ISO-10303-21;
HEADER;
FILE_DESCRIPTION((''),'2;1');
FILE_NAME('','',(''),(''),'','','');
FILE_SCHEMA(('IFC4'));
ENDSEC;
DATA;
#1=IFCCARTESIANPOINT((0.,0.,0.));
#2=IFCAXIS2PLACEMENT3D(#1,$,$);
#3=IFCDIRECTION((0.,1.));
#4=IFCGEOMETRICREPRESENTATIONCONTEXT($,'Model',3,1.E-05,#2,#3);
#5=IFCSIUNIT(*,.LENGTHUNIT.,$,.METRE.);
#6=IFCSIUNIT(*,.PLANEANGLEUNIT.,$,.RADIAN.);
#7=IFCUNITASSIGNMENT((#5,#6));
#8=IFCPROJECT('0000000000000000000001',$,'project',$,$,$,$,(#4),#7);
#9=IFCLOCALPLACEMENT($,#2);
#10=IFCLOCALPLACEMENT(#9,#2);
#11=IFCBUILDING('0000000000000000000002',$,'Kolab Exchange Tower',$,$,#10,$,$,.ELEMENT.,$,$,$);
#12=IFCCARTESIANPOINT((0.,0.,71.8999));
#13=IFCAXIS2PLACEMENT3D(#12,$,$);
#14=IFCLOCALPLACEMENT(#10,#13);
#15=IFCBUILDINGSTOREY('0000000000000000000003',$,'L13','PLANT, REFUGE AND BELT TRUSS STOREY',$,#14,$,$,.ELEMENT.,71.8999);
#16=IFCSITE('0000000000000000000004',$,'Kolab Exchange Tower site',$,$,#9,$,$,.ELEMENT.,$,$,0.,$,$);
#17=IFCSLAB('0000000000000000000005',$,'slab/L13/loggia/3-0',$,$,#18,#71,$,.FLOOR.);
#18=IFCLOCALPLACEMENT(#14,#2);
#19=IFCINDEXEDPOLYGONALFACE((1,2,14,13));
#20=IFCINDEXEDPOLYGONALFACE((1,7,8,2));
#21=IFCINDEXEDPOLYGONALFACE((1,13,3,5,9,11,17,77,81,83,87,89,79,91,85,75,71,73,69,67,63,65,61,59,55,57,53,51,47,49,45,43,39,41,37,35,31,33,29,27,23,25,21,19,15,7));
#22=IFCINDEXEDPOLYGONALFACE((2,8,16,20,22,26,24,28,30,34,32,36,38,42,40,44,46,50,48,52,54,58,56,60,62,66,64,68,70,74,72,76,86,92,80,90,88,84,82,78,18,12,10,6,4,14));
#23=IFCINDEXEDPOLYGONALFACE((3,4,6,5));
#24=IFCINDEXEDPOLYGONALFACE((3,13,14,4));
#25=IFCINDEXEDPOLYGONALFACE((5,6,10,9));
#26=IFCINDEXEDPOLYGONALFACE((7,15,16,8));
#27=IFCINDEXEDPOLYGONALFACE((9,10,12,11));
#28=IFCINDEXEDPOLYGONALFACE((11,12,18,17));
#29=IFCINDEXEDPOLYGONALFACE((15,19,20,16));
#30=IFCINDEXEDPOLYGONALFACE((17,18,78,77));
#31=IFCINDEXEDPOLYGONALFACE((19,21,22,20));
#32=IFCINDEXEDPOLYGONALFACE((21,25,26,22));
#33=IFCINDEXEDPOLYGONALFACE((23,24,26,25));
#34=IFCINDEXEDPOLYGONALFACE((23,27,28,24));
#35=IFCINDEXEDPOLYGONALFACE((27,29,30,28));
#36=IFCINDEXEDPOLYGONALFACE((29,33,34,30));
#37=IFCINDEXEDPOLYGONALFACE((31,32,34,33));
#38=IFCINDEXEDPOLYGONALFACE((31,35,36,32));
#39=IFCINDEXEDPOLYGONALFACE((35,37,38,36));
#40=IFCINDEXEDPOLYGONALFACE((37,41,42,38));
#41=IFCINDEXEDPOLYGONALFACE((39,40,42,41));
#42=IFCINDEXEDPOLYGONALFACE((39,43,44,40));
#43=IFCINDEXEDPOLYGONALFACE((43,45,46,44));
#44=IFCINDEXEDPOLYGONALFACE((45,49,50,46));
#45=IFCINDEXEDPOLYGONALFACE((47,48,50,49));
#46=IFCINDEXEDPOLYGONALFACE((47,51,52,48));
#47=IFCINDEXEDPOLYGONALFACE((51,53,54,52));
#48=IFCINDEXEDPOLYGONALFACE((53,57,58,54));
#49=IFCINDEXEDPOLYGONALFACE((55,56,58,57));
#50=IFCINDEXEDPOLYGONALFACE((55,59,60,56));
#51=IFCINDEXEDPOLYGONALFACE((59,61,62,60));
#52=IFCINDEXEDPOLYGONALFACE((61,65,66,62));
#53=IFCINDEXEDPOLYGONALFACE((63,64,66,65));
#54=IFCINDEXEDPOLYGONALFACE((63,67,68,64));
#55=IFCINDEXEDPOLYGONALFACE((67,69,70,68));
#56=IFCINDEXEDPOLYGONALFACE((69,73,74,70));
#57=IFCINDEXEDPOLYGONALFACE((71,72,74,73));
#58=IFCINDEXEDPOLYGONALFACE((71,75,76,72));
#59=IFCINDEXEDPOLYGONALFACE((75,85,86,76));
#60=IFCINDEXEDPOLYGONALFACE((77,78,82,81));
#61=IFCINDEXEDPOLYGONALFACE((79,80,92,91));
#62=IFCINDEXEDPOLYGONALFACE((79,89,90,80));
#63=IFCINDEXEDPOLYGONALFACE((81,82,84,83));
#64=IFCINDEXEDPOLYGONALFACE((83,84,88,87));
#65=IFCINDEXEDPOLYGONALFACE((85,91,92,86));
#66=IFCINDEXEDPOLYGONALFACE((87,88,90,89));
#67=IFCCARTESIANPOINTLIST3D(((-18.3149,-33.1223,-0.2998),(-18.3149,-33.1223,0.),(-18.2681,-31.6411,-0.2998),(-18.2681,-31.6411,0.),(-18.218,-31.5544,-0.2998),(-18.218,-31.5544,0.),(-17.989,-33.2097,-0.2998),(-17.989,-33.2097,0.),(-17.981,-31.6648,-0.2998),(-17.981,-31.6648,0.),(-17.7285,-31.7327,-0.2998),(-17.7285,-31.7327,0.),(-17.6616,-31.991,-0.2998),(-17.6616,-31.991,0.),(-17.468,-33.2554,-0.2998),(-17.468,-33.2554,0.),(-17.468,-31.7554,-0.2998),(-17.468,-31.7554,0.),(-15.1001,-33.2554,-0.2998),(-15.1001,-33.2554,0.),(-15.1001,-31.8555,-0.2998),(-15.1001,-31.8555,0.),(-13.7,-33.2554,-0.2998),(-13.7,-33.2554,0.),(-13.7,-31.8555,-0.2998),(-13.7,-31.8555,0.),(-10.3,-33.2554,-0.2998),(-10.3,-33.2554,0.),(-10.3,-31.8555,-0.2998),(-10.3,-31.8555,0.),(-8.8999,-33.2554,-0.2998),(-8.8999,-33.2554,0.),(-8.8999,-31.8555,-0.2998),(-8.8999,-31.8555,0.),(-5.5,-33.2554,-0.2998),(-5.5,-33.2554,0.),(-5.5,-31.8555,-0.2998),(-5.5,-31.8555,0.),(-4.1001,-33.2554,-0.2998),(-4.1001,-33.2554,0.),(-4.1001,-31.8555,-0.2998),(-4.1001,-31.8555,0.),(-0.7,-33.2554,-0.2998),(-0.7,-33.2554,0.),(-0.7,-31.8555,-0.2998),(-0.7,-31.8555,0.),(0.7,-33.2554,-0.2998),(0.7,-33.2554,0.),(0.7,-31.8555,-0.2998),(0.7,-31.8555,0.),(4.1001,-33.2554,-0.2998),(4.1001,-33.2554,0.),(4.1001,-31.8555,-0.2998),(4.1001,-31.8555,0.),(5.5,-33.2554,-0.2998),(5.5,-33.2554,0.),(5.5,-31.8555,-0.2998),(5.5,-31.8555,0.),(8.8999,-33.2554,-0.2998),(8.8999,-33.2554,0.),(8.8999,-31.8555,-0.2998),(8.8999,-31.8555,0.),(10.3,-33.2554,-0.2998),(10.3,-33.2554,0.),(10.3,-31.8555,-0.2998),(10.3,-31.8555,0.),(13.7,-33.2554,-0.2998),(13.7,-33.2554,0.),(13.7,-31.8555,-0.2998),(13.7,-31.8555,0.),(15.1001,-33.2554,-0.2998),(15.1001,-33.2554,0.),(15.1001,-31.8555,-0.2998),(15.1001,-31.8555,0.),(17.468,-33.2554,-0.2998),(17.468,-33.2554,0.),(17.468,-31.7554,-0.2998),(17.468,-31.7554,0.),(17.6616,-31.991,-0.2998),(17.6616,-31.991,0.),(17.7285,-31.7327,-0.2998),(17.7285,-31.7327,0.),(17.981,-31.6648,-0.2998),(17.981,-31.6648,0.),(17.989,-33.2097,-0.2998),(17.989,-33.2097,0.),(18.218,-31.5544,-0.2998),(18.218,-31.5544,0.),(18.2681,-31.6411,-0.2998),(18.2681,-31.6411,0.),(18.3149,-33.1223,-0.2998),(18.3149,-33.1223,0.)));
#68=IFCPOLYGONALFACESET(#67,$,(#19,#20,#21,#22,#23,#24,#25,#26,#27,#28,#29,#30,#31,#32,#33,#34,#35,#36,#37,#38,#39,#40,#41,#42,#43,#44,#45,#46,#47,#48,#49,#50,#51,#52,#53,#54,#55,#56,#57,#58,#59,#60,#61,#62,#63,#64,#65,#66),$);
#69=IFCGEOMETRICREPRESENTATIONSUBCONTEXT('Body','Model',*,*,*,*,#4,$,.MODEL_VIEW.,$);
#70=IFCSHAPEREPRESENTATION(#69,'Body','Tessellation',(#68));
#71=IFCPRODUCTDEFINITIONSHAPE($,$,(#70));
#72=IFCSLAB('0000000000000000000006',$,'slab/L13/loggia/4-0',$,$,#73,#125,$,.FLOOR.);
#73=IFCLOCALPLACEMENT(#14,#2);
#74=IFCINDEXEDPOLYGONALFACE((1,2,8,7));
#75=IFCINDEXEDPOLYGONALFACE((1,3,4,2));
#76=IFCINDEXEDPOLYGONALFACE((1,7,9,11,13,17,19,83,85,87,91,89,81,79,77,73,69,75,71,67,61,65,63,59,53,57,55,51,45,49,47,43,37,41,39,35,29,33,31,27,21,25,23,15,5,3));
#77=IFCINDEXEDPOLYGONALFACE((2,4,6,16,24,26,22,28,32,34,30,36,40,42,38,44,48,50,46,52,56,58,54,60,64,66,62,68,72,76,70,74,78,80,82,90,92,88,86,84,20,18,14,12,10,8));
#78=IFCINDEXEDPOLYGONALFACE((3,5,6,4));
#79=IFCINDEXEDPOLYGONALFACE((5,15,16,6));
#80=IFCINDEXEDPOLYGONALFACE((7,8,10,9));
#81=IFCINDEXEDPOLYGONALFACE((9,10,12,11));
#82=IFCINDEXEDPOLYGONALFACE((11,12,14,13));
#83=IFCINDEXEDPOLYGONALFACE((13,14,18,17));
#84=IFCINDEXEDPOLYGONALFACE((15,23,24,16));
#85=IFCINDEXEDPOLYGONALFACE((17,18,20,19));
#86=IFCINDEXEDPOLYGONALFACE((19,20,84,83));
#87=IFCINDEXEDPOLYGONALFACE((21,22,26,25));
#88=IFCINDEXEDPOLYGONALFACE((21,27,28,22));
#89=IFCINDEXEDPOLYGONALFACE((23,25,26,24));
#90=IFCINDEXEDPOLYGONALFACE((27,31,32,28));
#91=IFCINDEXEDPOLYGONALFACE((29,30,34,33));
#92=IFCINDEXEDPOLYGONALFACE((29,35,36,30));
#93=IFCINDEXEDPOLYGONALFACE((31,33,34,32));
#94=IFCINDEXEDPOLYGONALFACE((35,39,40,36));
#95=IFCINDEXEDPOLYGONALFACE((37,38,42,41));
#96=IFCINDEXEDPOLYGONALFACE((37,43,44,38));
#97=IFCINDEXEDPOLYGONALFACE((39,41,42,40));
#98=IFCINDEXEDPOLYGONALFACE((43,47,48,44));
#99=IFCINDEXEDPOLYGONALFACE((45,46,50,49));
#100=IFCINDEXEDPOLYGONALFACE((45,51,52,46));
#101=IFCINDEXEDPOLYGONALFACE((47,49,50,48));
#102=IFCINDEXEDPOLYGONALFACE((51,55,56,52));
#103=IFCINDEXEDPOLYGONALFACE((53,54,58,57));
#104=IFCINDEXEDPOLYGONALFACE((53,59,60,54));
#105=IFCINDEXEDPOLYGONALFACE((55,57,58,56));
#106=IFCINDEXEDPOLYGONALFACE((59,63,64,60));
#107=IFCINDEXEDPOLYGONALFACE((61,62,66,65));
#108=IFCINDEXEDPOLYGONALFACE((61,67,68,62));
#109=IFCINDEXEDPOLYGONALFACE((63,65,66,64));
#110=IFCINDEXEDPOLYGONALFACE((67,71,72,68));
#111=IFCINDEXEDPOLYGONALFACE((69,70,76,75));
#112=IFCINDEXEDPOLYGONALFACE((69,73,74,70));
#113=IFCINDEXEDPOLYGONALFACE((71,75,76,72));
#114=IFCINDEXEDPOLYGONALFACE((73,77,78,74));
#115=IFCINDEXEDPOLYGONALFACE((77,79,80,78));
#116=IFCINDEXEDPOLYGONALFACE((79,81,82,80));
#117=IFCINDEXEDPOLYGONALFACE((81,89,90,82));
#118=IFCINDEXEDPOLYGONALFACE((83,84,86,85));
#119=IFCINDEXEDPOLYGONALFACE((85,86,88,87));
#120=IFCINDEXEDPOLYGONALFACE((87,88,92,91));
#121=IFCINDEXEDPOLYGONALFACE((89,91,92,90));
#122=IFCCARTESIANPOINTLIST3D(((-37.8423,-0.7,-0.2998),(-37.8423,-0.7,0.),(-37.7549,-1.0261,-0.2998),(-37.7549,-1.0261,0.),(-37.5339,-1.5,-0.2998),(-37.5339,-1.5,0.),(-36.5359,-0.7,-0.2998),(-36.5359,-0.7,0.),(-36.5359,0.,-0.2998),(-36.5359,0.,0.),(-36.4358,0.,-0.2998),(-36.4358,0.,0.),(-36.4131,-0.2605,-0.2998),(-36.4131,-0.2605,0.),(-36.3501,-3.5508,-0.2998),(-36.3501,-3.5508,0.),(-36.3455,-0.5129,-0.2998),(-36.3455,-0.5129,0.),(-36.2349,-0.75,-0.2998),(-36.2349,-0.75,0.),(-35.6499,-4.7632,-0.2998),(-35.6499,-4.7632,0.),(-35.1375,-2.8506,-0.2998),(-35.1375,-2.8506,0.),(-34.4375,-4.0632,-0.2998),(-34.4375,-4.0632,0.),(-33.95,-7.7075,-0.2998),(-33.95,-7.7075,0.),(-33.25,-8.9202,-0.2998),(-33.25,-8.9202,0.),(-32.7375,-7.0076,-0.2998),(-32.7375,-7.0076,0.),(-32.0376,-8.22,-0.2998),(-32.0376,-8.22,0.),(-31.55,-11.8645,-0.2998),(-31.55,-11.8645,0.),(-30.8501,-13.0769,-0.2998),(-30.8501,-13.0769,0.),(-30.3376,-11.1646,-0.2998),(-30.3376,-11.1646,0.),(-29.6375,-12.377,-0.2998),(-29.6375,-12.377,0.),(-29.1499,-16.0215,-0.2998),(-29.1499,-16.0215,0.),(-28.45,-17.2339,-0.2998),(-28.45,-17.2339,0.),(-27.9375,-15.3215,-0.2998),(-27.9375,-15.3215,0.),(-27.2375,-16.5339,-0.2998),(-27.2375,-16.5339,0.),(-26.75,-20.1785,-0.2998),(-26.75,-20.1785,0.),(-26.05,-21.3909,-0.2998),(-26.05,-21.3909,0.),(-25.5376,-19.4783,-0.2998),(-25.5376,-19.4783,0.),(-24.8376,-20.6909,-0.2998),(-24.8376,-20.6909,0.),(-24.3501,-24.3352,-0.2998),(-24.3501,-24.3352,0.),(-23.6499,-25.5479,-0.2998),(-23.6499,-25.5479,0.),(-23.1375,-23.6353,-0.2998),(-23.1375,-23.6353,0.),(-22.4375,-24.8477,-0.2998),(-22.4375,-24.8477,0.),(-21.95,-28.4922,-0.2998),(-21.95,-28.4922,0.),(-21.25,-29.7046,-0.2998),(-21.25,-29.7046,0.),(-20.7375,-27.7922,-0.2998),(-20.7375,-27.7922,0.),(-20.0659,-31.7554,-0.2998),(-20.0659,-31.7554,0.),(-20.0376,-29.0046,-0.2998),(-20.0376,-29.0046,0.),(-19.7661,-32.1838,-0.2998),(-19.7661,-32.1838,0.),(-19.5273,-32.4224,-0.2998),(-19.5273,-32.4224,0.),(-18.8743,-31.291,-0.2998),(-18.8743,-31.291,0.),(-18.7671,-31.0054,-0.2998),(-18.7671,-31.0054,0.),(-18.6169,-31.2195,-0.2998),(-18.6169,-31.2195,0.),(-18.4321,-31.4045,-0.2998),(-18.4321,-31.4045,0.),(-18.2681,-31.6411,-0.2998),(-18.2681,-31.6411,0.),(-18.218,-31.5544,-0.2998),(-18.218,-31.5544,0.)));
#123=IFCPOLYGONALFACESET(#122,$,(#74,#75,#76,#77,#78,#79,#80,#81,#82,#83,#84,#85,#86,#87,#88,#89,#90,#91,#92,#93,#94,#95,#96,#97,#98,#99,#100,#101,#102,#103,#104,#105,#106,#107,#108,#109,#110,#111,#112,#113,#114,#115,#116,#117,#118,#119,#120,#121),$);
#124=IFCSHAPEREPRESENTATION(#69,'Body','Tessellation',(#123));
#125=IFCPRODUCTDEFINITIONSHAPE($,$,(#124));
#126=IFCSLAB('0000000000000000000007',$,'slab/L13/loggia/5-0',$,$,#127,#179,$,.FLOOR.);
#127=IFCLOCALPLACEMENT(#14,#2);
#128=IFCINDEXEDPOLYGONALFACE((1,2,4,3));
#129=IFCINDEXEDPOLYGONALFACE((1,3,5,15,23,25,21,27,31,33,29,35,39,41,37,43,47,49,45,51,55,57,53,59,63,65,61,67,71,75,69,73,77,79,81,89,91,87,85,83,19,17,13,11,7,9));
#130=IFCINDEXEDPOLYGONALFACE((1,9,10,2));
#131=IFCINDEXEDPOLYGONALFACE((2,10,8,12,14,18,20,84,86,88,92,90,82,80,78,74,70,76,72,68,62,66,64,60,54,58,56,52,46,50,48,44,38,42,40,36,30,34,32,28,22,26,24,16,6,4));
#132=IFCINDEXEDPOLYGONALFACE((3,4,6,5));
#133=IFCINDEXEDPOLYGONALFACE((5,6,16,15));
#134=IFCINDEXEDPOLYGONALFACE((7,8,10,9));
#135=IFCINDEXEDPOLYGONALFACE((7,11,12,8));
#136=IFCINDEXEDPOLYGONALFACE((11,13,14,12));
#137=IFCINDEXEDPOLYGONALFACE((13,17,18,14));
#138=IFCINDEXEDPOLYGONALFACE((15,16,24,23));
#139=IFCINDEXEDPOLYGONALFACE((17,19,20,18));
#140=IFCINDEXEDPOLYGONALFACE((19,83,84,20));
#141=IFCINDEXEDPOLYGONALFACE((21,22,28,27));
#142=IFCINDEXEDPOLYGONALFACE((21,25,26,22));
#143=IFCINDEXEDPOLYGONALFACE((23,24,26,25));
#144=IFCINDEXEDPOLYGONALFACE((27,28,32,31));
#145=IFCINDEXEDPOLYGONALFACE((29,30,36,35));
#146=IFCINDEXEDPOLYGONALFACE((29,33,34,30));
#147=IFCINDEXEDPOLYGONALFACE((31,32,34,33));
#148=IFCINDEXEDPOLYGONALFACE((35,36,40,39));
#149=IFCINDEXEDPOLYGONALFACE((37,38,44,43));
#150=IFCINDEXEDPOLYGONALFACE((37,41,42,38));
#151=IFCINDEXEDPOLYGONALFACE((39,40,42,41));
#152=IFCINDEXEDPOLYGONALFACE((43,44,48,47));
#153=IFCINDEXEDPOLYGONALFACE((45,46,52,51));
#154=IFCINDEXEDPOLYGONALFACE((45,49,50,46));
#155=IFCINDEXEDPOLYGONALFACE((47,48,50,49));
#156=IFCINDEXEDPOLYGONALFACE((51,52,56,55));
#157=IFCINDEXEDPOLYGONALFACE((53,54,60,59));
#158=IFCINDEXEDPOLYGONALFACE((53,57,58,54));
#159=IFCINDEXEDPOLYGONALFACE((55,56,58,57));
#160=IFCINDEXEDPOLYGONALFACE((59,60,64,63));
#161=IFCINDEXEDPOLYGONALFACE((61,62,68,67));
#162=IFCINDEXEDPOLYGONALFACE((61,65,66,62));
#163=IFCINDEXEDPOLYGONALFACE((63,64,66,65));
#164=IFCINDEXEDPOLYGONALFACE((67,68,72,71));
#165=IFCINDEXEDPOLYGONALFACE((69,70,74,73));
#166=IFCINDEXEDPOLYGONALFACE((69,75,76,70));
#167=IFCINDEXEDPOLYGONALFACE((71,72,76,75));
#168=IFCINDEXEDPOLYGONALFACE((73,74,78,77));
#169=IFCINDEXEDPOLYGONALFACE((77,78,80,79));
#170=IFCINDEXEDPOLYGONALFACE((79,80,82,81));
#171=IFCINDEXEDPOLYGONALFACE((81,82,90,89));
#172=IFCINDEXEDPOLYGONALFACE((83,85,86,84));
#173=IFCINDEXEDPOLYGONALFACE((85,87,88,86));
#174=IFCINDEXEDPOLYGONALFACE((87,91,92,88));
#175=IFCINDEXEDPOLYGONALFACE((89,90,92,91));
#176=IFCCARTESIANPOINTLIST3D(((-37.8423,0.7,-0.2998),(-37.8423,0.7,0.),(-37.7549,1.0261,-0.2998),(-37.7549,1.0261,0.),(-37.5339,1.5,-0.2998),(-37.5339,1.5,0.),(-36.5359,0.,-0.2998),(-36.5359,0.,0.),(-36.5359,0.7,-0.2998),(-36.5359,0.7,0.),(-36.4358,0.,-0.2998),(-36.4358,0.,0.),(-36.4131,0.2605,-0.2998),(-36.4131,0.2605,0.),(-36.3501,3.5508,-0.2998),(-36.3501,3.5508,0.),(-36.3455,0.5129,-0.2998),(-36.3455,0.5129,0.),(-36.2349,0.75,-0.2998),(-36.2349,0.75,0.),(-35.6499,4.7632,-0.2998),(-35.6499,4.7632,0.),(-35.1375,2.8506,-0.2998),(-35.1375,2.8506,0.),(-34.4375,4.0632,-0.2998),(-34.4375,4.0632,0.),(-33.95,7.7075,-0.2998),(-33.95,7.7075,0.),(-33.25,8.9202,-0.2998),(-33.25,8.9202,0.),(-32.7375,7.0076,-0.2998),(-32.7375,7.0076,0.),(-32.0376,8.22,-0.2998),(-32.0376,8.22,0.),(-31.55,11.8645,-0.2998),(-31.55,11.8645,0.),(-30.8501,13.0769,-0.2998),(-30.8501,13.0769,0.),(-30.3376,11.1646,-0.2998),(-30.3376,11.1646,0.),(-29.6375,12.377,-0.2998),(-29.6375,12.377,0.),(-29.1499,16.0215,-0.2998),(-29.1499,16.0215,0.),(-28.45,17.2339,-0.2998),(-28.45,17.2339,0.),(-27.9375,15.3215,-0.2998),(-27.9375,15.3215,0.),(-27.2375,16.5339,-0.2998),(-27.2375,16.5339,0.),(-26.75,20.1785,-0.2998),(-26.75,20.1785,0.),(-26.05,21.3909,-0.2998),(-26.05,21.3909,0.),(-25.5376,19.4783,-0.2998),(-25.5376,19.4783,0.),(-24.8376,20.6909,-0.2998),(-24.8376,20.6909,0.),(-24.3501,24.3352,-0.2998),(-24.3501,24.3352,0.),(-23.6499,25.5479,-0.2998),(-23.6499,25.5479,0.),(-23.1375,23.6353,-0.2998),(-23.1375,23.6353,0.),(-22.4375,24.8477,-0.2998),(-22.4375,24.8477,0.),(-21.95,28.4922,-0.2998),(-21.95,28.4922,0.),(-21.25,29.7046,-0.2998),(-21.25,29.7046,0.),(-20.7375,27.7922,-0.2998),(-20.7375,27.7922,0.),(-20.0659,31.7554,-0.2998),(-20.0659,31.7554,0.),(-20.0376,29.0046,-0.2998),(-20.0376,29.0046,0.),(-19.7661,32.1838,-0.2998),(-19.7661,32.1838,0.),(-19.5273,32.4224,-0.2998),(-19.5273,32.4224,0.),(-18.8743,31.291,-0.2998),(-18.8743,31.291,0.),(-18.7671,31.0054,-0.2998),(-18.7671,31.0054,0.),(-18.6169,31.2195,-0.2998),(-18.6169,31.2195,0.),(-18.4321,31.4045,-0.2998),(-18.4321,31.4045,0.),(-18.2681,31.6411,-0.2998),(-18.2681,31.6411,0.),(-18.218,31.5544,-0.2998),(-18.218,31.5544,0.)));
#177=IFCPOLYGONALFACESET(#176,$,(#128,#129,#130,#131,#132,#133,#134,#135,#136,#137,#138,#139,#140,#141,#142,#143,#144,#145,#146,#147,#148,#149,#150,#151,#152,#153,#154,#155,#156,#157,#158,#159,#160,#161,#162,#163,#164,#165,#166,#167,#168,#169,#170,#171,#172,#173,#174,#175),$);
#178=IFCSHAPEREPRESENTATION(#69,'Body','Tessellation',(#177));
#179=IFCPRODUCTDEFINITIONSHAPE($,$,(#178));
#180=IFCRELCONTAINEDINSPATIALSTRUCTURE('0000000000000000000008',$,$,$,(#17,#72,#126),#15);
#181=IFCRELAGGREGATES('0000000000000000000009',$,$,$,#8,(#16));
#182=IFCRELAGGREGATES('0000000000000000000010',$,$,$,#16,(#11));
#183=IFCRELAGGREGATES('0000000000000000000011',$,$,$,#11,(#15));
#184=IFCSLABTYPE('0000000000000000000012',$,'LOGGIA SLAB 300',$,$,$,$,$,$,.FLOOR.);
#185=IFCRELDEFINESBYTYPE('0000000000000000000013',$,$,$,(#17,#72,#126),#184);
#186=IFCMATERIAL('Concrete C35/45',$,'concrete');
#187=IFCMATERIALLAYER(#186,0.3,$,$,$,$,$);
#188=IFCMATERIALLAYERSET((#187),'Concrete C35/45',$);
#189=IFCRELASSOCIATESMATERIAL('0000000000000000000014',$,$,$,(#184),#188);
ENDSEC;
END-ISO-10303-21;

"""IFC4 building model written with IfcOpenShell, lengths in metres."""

from ifc_helpers import new_model, si_unit, direction, frame, origin, place, context, subcontext, project, spatial, polyline, outline, extrude, material, layer, layer_set, type_object, element, save


model = new_model("IFC4")

# Units and contexts
model_context = context("Model", 3, precision=1e-05, world=origin(), true_north=direction((0.0, 1.0)))
body_context = subcontext(model_context, "Body", "Model", "MODEL_VIEW")
ifc_project = project(units=[si_unit("LENGTHUNIT", "METRE"), si_unit("PLANEANGLEUNIT", "RADIAN")], contexts=[model_context])

# Site, building, storey
site_placement = place(None, origin())
site = spatial("IfcSite", under=ifc_project, at=site_placement, Name="Kolab Exchange Tower site", CompositionType="ELEMENT", RefElevation=0.0)
building_placement = place(site_placement, origin())
building = spatial("IfcBuilding", under=site, at=building_placement, Name="Kolab Exchange Tower", CompositionType="ELEMENT")
storey_placement = place(building_placement, frame((0.0, 0.0, 71.8999)))
storey = spatial("IfcBuildingStorey", under=building, at=storey_placement, Name="L13", Description="PLANT, REFUGE AND BELT TRUSS STOREY", CompositionType="ELEMENT", Elevation=71.8999)

# Slabs
ifc_material_1 = material(Name="Concrete C35/45", Category="concrete")
ifc_layer_1 = layer(ifc_material_1, 0.3)
ifc_layer_set_1 = layer_set([ifc_layer_1], Name="Concrete C35/45")
slab_type = type_object("IfcSlabType", Name="LOGGIA SLAB 300", PredefinedType="FLOOR", material=ifc_layer_set_1)
slab_1_placement = place(storey_placement, frame((0.0, 0.0, -0.2998)))
element("IfcSlab", 1, at=slab_1_placement, inside=storey, type_object=slab_type, Name="slab/L13/loggia/3-0", PredefinedType="FLOOR", context=body_context, shape_type="SweptSolid", body=[
    extrude(outline(polyline([(-18.218, -31.5544), (-18.2681, -31.6411), (-17.6616, -31.991), (-18.3149, -33.1223), (-17.989, -33.2097), (-17.468, -33.2554), (-15.1001, -33.2554), (-15.1001, -31.8555), (-13.7, -31.8555), (-13.7, -33.2554), (-10.3, -33.2554), (-10.3, -31.8555), (-8.8999, -31.8555), (-8.8999, -33.2554), (-5.5, -33.2554), (-5.5, -31.8555), (-4.1001, -31.8555), (-4.1001, -33.2554), (-0.7, -33.2554), (-0.7, -31.8555), (0.7, -31.8555), (0.7, -33.2554), (4.1001, -33.2554), (4.1001, -31.8555), (5.5, -31.8555), (5.5, -33.2554), (8.8999, -33.2554), (8.8999, -31.8555), (10.3, -31.8555), (10.3, -33.2554), (13.7, -33.2554), (13.7, -31.8555), (15.1001, -31.8555), (15.1001, -33.2554), (17.468, -33.2554), (17.989, -33.2097), (18.3149, -33.1223), (17.6616, -31.991), (18.2681, -31.6411), (18.218, -31.5544), (17.981, -31.6648), (17.7285, -31.7327), (17.468, -31.7554), (-17.468, -31.7554), (-17.7285, -31.7327), (-17.981, -31.6648), (-18.218, -31.5544)])), origin(), (0.0, 0.0, 1.0), 0.2998),
])
slab_2_placement = place(storey_placement, frame((0.0, 0.0, -0.2998)))
element("IfcSlab", 2, at=slab_2_placement, inside=storey, type_object=slab_type, Name="slab/L13/loggia/4-0", PredefinedType="FLOOR", context=body_context, shape_type="SweptSolid", body=[
    extrude(outline(polyline([(-36.4358, 0.0), (-36.5359, 0.0), (-36.5359, -0.7), (-37.8423, -0.7), (-37.7549, -1.0261), (-37.5339, -1.5), (-36.3501, -3.5508), (-35.1375, -2.8506), (-34.4375, -4.0632), (-35.6499, -4.7632), (-33.95, -7.7075), (-32.7375, -7.0076), (-32.0376, -8.22), (-33.25, -8.9202), (-31.55, -11.8645), (-30.3376, -11.1646), (-29.6375, -12.377), (-30.8501, -13.0769), (-29.1499, -16.0215), (-27.9375, -15.3215), (-27.2375, -16.5339), (-28.45, -17.2339), (-26.75, -20.1785), (-25.5376, -19.4783), (-24.8376, -20.6909), (-26.05, -21.3909), (-24.3501, -24.3352), (-23.1375, -23.6353), (-22.4375, -24.8477), (-23.6499, -25.5479), (-21.95, -28.4922), (-20.7375, -27.7922), (-20.0376, -29.0046), (-21.25, -29.7046), (-20.0659, -31.7554), (-19.7661, -32.1838), (-19.5273, -32.4224), (-18.8743, -31.291), (-18.2681, -31.6411), (-18.218, -31.5544), (-18.4321, -31.4045), (-18.6169, -31.2195), (-18.7671, -31.0054), (-36.2349, -0.75), (-36.3455, -0.5129), (-36.4131, -0.2605), (-36.4358, 0.0)])), origin(), (0.0, 0.0, 1.0), 0.2998),
])
slab_3_placement = place(storey_placement, frame((0.0, 0.0, -0.2998)))
element("IfcSlab", 3, at=slab_3_placement, inside=storey, type_object=slab_type, Name="slab/L13/loggia/5-0", PredefinedType="FLOOR", context=body_context, shape_type="SweptSolid", body=[
    extrude(outline(polyline([(-18.218, 31.5544), (-18.2681, 31.6411), (-18.8743, 31.291), (-19.5273, 32.4224), (-19.7661, 32.1838), (-20.0659, 31.7554), (-21.25, 29.7046), (-20.0376, 29.0046), (-20.7375, 27.7922), (-21.95, 28.4922), (-23.6499, 25.5479), (-22.4375, 24.8477), (-23.1375, 23.6353), (-24.3501, 24.3352), (-26.05, 21.3909), (-24.8376, 20.6909), (-25.5376, 19.4783), (-26.75, 20.1785), (-28.45, 17.2339), (-27.2375, 16.5339), (-27.9375, 15.3215), (-29.1499, 16.0215), (-30.8501, 13.0769), (-29.6375, 12.377), (-30.3376, 11.1646), (-31.55, 11.8645), (-33.25, 8.9202), (-32.0376, 8.22), (-32.7375, 7.0076), (-33.95, 7.7075), (-35.6499, 4.7632), (-34.4375, 4.0632), (-35.1375, 2.8506), (-36.3501, 3.5508), (-37.5339, 1.5), (-37.7549, 1.0261), (-37.8423, 0.7), (-36.5359, 0.7), (-36.5359, 0.0), (-36.4358, 0.0), (-36.4131, 0.2605), (-36.3455, 0.5129), (-36.2349, 0.75), (-18.7671, 31.0054), (-18.6169, 31.2195), (-18.4321, 31.4045), (-18.218, 31.5544)])), origin(), (0.0, 0.0, 1.0), 0.2998),
])

save(model, "model.ifc")
